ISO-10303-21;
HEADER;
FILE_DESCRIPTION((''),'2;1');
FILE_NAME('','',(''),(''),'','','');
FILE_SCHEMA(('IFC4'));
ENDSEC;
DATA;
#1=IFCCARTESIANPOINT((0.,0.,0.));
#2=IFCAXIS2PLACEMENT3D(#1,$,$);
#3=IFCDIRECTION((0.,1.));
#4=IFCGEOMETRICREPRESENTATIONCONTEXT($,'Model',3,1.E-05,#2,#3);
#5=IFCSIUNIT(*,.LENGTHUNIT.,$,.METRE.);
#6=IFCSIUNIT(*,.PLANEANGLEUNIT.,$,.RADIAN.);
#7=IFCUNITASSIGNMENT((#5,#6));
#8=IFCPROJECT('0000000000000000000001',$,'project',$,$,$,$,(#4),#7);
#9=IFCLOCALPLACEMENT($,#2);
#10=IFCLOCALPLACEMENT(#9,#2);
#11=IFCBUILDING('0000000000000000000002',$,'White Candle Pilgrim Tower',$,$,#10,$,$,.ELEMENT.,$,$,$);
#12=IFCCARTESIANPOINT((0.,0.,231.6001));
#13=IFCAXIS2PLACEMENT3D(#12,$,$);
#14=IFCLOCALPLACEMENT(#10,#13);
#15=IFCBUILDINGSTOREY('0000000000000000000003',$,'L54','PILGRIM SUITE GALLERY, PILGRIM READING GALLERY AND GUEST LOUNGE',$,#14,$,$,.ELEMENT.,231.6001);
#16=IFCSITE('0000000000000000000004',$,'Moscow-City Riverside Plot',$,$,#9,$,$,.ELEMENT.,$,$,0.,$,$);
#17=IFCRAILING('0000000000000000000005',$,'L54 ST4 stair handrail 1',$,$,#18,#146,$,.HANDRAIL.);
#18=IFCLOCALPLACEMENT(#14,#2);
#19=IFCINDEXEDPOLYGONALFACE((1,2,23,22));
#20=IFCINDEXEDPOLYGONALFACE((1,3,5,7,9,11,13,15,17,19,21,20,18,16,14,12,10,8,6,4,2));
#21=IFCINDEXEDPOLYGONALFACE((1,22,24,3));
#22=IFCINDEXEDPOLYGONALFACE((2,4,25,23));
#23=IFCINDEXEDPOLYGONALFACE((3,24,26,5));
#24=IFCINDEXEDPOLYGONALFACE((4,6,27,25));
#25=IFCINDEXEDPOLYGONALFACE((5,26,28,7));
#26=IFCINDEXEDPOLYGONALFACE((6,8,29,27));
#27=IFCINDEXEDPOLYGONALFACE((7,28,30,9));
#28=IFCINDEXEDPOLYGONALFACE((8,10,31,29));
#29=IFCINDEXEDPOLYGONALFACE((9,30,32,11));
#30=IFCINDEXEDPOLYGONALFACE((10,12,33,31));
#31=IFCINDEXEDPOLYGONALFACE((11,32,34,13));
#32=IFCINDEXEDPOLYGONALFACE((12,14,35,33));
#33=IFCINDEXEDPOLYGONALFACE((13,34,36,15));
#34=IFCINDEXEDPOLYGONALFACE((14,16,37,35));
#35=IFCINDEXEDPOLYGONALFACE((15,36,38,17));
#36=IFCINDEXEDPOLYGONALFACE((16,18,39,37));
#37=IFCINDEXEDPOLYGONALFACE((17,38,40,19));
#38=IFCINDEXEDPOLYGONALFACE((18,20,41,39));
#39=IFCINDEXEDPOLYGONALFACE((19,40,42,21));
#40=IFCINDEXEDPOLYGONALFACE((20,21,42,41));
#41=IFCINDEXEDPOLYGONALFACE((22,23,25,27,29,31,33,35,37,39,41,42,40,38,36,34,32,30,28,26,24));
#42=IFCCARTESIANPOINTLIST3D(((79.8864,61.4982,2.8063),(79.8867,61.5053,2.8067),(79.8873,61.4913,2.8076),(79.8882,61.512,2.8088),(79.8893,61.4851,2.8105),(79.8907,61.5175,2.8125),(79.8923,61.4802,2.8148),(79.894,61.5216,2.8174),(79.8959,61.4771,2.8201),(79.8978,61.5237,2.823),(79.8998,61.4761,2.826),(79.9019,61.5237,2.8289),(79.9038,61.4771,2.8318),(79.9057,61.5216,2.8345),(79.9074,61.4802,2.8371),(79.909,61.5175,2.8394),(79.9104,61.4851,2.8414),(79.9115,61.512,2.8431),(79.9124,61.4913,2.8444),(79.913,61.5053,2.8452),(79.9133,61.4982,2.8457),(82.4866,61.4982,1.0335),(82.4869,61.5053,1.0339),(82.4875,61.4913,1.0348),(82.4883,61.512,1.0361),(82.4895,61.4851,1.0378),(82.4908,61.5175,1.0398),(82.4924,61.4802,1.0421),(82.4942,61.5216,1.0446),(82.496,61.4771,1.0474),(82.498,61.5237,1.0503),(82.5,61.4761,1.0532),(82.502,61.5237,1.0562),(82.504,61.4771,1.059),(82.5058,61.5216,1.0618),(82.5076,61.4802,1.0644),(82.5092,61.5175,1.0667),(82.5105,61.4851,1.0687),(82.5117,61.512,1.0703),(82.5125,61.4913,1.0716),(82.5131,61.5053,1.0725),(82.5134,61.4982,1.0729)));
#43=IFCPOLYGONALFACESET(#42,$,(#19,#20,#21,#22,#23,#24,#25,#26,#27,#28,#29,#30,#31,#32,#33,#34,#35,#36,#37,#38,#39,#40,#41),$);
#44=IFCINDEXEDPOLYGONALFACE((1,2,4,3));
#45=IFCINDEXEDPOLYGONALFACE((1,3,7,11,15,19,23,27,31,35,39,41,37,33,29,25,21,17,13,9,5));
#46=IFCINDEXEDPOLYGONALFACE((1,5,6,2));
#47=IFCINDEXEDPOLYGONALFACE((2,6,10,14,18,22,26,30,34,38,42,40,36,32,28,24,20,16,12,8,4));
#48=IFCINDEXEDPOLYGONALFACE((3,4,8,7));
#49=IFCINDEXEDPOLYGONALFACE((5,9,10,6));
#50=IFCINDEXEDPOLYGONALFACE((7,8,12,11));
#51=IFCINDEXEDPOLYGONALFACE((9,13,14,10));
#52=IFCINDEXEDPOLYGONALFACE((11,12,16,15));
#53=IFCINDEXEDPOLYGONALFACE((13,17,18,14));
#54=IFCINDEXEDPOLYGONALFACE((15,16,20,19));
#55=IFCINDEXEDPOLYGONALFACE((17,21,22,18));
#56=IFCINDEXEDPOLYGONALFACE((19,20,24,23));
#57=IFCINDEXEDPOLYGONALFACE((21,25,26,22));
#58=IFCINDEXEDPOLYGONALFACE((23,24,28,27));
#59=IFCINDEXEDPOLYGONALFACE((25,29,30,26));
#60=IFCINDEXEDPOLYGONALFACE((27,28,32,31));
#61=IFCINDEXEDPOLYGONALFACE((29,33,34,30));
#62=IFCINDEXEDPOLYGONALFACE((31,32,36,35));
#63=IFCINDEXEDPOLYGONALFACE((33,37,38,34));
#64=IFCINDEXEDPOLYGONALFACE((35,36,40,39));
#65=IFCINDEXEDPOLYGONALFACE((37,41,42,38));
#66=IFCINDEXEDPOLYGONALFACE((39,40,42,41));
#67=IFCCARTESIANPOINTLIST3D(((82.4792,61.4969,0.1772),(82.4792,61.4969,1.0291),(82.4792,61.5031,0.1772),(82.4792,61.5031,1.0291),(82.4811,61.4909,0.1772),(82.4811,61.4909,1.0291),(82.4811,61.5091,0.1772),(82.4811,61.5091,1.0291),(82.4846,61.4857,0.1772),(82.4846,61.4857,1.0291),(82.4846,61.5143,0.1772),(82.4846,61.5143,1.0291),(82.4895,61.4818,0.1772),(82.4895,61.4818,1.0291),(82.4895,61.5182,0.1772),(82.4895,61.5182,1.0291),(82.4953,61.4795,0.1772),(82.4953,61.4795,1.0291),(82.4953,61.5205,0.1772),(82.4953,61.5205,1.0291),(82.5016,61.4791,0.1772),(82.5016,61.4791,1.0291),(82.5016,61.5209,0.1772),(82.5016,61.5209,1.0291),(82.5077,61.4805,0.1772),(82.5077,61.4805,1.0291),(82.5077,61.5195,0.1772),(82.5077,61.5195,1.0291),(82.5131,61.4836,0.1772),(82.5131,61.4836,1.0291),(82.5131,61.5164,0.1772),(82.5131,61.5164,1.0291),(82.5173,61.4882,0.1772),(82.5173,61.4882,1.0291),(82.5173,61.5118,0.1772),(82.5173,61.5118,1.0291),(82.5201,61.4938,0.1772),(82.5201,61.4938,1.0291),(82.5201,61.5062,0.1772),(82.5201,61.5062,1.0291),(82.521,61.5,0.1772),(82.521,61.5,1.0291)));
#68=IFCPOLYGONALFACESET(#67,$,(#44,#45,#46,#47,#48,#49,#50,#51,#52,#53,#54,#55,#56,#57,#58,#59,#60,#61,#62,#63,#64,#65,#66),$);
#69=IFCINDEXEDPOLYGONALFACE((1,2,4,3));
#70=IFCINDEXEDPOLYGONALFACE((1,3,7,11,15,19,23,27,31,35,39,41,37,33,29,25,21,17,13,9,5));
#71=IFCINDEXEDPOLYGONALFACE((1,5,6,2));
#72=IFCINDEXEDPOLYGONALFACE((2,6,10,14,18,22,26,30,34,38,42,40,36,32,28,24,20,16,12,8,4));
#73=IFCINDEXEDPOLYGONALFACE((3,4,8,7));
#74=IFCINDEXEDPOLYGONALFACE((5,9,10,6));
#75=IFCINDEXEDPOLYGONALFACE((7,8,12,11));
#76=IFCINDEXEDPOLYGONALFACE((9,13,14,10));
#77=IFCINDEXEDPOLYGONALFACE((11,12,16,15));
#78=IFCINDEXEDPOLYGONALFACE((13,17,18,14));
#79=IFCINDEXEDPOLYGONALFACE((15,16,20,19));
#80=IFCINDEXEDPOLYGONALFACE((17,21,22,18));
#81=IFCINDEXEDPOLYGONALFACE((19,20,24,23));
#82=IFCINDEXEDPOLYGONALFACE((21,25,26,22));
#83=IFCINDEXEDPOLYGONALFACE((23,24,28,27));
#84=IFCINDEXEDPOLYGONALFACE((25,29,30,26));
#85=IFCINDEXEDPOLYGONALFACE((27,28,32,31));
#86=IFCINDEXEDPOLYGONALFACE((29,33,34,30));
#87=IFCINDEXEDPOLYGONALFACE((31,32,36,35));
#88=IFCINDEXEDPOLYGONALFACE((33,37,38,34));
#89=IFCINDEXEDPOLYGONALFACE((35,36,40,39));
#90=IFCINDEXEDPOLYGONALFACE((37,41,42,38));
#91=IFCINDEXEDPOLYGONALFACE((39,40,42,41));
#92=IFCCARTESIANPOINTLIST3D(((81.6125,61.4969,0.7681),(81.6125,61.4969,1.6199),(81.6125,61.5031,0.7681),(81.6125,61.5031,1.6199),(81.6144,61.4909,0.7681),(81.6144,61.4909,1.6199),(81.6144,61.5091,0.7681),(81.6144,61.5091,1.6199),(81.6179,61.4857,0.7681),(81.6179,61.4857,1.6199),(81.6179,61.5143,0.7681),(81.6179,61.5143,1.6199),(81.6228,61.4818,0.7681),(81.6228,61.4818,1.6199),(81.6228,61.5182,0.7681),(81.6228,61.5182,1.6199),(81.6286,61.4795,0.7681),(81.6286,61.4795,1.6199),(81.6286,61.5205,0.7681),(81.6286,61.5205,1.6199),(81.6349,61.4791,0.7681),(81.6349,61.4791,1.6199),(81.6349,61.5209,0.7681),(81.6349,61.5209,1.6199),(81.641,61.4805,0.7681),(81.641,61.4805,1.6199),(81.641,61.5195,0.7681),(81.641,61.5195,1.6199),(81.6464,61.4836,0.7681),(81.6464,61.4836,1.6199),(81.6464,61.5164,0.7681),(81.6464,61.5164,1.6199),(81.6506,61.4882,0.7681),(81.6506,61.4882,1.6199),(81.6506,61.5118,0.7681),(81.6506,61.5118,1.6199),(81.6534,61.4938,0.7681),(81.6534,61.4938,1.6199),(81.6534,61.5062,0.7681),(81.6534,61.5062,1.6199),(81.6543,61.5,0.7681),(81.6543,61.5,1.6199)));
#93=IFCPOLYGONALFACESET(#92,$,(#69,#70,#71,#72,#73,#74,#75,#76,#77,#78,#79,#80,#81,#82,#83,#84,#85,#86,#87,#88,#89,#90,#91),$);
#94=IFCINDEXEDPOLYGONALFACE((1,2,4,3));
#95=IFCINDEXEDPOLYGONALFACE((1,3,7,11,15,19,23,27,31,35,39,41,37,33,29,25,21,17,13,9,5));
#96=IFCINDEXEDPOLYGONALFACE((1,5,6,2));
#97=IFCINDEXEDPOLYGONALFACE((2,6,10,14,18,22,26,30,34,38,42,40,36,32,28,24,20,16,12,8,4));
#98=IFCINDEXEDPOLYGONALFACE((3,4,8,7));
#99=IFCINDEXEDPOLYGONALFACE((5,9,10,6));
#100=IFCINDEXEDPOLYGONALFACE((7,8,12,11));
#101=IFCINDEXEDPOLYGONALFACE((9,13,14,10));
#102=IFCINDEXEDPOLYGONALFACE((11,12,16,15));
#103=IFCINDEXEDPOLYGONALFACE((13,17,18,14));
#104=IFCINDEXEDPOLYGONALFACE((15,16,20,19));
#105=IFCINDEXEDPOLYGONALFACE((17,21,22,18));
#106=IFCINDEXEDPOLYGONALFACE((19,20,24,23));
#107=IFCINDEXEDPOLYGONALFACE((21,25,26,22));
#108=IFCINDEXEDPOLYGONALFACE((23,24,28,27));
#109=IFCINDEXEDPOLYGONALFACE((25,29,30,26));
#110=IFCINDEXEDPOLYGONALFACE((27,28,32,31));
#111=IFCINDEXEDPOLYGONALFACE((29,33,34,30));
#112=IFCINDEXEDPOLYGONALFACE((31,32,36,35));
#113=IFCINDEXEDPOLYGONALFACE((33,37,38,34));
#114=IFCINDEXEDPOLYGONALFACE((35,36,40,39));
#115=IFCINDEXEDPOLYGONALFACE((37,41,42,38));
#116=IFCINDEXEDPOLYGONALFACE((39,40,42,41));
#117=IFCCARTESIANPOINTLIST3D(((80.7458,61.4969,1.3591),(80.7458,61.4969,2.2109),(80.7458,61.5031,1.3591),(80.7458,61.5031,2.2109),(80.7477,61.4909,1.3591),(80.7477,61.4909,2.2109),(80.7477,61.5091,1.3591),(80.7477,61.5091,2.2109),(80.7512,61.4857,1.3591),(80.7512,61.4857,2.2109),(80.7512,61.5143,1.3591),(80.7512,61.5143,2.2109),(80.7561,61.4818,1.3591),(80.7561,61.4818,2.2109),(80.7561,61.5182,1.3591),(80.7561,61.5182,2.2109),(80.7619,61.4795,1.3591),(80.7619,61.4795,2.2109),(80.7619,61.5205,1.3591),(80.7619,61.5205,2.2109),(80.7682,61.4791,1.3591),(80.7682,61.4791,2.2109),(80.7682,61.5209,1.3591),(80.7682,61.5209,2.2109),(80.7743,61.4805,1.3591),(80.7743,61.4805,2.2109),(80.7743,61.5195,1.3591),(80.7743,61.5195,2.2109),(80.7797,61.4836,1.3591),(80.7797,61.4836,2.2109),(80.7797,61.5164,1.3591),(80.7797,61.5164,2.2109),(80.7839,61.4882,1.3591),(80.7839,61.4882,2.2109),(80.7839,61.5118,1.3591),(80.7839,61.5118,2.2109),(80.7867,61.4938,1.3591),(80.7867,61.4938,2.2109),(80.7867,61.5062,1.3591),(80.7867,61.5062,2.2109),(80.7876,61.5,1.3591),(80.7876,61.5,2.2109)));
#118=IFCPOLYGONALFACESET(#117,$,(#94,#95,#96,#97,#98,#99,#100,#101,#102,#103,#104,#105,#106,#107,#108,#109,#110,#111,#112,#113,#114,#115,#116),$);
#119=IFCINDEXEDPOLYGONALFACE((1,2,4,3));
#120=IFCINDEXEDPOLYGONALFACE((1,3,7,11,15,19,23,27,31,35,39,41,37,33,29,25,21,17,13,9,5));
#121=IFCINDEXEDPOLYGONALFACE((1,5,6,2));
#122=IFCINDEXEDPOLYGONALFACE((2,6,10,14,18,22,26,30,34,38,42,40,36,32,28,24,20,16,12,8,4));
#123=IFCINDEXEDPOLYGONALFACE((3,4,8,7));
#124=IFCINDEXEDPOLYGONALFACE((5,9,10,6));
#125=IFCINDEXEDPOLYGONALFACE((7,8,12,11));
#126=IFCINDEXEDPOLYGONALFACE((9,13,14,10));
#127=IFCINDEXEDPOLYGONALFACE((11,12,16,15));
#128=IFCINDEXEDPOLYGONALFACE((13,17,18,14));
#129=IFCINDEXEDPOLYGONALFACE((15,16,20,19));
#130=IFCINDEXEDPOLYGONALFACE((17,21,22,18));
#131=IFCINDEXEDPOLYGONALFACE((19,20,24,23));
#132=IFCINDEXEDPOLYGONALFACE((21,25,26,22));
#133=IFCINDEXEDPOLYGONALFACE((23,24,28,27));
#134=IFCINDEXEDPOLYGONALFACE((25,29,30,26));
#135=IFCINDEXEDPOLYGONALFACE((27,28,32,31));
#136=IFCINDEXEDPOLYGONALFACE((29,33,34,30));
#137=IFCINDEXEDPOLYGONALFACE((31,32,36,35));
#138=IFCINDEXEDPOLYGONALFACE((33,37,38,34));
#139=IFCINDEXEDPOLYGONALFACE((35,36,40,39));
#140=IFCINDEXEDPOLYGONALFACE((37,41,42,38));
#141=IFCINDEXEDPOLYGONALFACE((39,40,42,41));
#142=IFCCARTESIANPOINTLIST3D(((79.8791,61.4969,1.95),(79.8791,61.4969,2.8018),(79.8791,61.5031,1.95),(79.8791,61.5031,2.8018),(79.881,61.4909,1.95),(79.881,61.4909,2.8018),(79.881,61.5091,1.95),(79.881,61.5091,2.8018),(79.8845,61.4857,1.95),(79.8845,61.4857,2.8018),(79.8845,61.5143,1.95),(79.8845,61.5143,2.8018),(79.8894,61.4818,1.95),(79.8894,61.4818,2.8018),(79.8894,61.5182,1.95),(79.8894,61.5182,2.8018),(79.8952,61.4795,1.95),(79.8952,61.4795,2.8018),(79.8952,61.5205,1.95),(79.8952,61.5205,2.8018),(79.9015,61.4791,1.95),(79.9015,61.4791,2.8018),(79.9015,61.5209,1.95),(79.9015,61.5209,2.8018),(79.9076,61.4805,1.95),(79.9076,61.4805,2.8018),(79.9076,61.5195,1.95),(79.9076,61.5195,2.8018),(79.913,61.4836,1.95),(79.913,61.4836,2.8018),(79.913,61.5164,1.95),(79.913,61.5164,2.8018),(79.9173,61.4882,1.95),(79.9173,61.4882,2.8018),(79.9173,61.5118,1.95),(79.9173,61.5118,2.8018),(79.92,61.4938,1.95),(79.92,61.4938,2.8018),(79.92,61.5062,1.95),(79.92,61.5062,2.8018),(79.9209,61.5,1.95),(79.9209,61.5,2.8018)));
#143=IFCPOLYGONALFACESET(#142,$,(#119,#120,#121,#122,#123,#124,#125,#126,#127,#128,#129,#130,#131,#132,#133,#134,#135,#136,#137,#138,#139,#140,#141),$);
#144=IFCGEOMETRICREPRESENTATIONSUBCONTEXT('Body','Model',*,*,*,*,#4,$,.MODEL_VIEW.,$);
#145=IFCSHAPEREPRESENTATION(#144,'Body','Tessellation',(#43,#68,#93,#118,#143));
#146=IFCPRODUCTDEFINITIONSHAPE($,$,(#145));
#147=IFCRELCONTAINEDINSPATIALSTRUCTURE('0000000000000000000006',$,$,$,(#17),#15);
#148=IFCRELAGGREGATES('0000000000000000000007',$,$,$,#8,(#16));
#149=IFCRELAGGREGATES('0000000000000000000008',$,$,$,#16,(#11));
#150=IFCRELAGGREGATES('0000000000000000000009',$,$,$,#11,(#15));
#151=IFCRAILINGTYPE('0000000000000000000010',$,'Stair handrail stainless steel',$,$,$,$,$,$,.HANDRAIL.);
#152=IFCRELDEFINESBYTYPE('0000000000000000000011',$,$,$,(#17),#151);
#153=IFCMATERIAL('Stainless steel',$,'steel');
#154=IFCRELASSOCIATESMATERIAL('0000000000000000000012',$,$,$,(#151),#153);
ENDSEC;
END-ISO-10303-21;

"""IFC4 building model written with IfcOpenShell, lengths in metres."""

from ifc_helpers import new_model, si_unit, direction, frame, origin, origin_2d, place, context, subcontext, project, spatial, circle, extrude, material, type_object, element, save


model = new_model("IFC4")

# Units and contexts
model_context = context("Model", 3, precision=1e-05, world=origin(), true_north=direction((0.0, 1.0)))
body_context = subcontext(model_context, "Body", "Model", "MODEL_VIEW")
ifc_project = project(units=[si_unit("LENGTHUNIT", "METRE"), si_unit("PLANEANGLEUNIT", "RADIAN")], contexts=[model_context])

# Site, building, storey
site_placement = place(None, origin())
site = spatial("IfcSite", under=ifc_project, at=site_placement, Name="Moscow-City Riverside Plot", CompositionType="ELEMENT", RefElevation=0.0)
building_placement = place(site_placement, origin())
building = spatial("IfcBuilding", under=site, at=building_placement, Name="White Candle Pilgrim Tower", CompositionType="ELEMENT")
storey_placement = place(building_placement, frame((0.0, 0.0, 231.6001)))
storey = spatial("IfcBuildingStorey", under=building, at=storey_placement, Name="L54", Description="PILGRIM SUITE GALLERY, PILGRIM READING GALLERY AND GUEST LOUNGE", CompositionType="ELEMENT", Elevation=231.6001)

# Railing
ifc_material_1 = material(Name="Stainless steel", Category="steel")
railing_type_1 = type_object("IfcRailingType", Name="Stair handrail stainless steel", PredefinedType="HANDRAIL", material=ifc_material_1)
railing_1_placement = place(storey_placement, frame((82.5, 61.5, 0.1772)))
element("IfcRailing", 1, at=railing_1_placement, inside=storey, type_object=railing_type_1, Name="L54 ST4 stair handrail 1", PredefinedType="HANDRAIL", context=body_context, shape_type="SweptSolid", body=[
    extrude(circle(Radius=0.0239, at=origin_2d()), frame((0.0, 0.0, 0.876), z_axis=(-0.82624, 0.0, 0.563318), x_axis=(0.0, -1.0, 0.0)), (0.0, 0.0, 1.0), 3.147),
    extrude(circle(Radius=0.021, at=origin_2d()), origin(), (0.0, 0.0, 1.0), 0.8518),
    extrude(circle(Radius=0.021, at=origin_2d()), frame((-0.8667, 0.0, 0.5908)), (0.0, 0.0, 1.0), 0.8518),
    extrude(circle(Radius=0.021, at=origin_2d()), frame((-1.7334, 0.0, 1.1819)), (0.0, 0.0, 1.0), 0.8518),
    extrude(circle(Radius=0.021, at=origin_2d()), frame((-2.6001, 0.0, 1.7727)), (0.0, 0.0, 1.0), 0.8518),
])

save(model, "model.ifc")
